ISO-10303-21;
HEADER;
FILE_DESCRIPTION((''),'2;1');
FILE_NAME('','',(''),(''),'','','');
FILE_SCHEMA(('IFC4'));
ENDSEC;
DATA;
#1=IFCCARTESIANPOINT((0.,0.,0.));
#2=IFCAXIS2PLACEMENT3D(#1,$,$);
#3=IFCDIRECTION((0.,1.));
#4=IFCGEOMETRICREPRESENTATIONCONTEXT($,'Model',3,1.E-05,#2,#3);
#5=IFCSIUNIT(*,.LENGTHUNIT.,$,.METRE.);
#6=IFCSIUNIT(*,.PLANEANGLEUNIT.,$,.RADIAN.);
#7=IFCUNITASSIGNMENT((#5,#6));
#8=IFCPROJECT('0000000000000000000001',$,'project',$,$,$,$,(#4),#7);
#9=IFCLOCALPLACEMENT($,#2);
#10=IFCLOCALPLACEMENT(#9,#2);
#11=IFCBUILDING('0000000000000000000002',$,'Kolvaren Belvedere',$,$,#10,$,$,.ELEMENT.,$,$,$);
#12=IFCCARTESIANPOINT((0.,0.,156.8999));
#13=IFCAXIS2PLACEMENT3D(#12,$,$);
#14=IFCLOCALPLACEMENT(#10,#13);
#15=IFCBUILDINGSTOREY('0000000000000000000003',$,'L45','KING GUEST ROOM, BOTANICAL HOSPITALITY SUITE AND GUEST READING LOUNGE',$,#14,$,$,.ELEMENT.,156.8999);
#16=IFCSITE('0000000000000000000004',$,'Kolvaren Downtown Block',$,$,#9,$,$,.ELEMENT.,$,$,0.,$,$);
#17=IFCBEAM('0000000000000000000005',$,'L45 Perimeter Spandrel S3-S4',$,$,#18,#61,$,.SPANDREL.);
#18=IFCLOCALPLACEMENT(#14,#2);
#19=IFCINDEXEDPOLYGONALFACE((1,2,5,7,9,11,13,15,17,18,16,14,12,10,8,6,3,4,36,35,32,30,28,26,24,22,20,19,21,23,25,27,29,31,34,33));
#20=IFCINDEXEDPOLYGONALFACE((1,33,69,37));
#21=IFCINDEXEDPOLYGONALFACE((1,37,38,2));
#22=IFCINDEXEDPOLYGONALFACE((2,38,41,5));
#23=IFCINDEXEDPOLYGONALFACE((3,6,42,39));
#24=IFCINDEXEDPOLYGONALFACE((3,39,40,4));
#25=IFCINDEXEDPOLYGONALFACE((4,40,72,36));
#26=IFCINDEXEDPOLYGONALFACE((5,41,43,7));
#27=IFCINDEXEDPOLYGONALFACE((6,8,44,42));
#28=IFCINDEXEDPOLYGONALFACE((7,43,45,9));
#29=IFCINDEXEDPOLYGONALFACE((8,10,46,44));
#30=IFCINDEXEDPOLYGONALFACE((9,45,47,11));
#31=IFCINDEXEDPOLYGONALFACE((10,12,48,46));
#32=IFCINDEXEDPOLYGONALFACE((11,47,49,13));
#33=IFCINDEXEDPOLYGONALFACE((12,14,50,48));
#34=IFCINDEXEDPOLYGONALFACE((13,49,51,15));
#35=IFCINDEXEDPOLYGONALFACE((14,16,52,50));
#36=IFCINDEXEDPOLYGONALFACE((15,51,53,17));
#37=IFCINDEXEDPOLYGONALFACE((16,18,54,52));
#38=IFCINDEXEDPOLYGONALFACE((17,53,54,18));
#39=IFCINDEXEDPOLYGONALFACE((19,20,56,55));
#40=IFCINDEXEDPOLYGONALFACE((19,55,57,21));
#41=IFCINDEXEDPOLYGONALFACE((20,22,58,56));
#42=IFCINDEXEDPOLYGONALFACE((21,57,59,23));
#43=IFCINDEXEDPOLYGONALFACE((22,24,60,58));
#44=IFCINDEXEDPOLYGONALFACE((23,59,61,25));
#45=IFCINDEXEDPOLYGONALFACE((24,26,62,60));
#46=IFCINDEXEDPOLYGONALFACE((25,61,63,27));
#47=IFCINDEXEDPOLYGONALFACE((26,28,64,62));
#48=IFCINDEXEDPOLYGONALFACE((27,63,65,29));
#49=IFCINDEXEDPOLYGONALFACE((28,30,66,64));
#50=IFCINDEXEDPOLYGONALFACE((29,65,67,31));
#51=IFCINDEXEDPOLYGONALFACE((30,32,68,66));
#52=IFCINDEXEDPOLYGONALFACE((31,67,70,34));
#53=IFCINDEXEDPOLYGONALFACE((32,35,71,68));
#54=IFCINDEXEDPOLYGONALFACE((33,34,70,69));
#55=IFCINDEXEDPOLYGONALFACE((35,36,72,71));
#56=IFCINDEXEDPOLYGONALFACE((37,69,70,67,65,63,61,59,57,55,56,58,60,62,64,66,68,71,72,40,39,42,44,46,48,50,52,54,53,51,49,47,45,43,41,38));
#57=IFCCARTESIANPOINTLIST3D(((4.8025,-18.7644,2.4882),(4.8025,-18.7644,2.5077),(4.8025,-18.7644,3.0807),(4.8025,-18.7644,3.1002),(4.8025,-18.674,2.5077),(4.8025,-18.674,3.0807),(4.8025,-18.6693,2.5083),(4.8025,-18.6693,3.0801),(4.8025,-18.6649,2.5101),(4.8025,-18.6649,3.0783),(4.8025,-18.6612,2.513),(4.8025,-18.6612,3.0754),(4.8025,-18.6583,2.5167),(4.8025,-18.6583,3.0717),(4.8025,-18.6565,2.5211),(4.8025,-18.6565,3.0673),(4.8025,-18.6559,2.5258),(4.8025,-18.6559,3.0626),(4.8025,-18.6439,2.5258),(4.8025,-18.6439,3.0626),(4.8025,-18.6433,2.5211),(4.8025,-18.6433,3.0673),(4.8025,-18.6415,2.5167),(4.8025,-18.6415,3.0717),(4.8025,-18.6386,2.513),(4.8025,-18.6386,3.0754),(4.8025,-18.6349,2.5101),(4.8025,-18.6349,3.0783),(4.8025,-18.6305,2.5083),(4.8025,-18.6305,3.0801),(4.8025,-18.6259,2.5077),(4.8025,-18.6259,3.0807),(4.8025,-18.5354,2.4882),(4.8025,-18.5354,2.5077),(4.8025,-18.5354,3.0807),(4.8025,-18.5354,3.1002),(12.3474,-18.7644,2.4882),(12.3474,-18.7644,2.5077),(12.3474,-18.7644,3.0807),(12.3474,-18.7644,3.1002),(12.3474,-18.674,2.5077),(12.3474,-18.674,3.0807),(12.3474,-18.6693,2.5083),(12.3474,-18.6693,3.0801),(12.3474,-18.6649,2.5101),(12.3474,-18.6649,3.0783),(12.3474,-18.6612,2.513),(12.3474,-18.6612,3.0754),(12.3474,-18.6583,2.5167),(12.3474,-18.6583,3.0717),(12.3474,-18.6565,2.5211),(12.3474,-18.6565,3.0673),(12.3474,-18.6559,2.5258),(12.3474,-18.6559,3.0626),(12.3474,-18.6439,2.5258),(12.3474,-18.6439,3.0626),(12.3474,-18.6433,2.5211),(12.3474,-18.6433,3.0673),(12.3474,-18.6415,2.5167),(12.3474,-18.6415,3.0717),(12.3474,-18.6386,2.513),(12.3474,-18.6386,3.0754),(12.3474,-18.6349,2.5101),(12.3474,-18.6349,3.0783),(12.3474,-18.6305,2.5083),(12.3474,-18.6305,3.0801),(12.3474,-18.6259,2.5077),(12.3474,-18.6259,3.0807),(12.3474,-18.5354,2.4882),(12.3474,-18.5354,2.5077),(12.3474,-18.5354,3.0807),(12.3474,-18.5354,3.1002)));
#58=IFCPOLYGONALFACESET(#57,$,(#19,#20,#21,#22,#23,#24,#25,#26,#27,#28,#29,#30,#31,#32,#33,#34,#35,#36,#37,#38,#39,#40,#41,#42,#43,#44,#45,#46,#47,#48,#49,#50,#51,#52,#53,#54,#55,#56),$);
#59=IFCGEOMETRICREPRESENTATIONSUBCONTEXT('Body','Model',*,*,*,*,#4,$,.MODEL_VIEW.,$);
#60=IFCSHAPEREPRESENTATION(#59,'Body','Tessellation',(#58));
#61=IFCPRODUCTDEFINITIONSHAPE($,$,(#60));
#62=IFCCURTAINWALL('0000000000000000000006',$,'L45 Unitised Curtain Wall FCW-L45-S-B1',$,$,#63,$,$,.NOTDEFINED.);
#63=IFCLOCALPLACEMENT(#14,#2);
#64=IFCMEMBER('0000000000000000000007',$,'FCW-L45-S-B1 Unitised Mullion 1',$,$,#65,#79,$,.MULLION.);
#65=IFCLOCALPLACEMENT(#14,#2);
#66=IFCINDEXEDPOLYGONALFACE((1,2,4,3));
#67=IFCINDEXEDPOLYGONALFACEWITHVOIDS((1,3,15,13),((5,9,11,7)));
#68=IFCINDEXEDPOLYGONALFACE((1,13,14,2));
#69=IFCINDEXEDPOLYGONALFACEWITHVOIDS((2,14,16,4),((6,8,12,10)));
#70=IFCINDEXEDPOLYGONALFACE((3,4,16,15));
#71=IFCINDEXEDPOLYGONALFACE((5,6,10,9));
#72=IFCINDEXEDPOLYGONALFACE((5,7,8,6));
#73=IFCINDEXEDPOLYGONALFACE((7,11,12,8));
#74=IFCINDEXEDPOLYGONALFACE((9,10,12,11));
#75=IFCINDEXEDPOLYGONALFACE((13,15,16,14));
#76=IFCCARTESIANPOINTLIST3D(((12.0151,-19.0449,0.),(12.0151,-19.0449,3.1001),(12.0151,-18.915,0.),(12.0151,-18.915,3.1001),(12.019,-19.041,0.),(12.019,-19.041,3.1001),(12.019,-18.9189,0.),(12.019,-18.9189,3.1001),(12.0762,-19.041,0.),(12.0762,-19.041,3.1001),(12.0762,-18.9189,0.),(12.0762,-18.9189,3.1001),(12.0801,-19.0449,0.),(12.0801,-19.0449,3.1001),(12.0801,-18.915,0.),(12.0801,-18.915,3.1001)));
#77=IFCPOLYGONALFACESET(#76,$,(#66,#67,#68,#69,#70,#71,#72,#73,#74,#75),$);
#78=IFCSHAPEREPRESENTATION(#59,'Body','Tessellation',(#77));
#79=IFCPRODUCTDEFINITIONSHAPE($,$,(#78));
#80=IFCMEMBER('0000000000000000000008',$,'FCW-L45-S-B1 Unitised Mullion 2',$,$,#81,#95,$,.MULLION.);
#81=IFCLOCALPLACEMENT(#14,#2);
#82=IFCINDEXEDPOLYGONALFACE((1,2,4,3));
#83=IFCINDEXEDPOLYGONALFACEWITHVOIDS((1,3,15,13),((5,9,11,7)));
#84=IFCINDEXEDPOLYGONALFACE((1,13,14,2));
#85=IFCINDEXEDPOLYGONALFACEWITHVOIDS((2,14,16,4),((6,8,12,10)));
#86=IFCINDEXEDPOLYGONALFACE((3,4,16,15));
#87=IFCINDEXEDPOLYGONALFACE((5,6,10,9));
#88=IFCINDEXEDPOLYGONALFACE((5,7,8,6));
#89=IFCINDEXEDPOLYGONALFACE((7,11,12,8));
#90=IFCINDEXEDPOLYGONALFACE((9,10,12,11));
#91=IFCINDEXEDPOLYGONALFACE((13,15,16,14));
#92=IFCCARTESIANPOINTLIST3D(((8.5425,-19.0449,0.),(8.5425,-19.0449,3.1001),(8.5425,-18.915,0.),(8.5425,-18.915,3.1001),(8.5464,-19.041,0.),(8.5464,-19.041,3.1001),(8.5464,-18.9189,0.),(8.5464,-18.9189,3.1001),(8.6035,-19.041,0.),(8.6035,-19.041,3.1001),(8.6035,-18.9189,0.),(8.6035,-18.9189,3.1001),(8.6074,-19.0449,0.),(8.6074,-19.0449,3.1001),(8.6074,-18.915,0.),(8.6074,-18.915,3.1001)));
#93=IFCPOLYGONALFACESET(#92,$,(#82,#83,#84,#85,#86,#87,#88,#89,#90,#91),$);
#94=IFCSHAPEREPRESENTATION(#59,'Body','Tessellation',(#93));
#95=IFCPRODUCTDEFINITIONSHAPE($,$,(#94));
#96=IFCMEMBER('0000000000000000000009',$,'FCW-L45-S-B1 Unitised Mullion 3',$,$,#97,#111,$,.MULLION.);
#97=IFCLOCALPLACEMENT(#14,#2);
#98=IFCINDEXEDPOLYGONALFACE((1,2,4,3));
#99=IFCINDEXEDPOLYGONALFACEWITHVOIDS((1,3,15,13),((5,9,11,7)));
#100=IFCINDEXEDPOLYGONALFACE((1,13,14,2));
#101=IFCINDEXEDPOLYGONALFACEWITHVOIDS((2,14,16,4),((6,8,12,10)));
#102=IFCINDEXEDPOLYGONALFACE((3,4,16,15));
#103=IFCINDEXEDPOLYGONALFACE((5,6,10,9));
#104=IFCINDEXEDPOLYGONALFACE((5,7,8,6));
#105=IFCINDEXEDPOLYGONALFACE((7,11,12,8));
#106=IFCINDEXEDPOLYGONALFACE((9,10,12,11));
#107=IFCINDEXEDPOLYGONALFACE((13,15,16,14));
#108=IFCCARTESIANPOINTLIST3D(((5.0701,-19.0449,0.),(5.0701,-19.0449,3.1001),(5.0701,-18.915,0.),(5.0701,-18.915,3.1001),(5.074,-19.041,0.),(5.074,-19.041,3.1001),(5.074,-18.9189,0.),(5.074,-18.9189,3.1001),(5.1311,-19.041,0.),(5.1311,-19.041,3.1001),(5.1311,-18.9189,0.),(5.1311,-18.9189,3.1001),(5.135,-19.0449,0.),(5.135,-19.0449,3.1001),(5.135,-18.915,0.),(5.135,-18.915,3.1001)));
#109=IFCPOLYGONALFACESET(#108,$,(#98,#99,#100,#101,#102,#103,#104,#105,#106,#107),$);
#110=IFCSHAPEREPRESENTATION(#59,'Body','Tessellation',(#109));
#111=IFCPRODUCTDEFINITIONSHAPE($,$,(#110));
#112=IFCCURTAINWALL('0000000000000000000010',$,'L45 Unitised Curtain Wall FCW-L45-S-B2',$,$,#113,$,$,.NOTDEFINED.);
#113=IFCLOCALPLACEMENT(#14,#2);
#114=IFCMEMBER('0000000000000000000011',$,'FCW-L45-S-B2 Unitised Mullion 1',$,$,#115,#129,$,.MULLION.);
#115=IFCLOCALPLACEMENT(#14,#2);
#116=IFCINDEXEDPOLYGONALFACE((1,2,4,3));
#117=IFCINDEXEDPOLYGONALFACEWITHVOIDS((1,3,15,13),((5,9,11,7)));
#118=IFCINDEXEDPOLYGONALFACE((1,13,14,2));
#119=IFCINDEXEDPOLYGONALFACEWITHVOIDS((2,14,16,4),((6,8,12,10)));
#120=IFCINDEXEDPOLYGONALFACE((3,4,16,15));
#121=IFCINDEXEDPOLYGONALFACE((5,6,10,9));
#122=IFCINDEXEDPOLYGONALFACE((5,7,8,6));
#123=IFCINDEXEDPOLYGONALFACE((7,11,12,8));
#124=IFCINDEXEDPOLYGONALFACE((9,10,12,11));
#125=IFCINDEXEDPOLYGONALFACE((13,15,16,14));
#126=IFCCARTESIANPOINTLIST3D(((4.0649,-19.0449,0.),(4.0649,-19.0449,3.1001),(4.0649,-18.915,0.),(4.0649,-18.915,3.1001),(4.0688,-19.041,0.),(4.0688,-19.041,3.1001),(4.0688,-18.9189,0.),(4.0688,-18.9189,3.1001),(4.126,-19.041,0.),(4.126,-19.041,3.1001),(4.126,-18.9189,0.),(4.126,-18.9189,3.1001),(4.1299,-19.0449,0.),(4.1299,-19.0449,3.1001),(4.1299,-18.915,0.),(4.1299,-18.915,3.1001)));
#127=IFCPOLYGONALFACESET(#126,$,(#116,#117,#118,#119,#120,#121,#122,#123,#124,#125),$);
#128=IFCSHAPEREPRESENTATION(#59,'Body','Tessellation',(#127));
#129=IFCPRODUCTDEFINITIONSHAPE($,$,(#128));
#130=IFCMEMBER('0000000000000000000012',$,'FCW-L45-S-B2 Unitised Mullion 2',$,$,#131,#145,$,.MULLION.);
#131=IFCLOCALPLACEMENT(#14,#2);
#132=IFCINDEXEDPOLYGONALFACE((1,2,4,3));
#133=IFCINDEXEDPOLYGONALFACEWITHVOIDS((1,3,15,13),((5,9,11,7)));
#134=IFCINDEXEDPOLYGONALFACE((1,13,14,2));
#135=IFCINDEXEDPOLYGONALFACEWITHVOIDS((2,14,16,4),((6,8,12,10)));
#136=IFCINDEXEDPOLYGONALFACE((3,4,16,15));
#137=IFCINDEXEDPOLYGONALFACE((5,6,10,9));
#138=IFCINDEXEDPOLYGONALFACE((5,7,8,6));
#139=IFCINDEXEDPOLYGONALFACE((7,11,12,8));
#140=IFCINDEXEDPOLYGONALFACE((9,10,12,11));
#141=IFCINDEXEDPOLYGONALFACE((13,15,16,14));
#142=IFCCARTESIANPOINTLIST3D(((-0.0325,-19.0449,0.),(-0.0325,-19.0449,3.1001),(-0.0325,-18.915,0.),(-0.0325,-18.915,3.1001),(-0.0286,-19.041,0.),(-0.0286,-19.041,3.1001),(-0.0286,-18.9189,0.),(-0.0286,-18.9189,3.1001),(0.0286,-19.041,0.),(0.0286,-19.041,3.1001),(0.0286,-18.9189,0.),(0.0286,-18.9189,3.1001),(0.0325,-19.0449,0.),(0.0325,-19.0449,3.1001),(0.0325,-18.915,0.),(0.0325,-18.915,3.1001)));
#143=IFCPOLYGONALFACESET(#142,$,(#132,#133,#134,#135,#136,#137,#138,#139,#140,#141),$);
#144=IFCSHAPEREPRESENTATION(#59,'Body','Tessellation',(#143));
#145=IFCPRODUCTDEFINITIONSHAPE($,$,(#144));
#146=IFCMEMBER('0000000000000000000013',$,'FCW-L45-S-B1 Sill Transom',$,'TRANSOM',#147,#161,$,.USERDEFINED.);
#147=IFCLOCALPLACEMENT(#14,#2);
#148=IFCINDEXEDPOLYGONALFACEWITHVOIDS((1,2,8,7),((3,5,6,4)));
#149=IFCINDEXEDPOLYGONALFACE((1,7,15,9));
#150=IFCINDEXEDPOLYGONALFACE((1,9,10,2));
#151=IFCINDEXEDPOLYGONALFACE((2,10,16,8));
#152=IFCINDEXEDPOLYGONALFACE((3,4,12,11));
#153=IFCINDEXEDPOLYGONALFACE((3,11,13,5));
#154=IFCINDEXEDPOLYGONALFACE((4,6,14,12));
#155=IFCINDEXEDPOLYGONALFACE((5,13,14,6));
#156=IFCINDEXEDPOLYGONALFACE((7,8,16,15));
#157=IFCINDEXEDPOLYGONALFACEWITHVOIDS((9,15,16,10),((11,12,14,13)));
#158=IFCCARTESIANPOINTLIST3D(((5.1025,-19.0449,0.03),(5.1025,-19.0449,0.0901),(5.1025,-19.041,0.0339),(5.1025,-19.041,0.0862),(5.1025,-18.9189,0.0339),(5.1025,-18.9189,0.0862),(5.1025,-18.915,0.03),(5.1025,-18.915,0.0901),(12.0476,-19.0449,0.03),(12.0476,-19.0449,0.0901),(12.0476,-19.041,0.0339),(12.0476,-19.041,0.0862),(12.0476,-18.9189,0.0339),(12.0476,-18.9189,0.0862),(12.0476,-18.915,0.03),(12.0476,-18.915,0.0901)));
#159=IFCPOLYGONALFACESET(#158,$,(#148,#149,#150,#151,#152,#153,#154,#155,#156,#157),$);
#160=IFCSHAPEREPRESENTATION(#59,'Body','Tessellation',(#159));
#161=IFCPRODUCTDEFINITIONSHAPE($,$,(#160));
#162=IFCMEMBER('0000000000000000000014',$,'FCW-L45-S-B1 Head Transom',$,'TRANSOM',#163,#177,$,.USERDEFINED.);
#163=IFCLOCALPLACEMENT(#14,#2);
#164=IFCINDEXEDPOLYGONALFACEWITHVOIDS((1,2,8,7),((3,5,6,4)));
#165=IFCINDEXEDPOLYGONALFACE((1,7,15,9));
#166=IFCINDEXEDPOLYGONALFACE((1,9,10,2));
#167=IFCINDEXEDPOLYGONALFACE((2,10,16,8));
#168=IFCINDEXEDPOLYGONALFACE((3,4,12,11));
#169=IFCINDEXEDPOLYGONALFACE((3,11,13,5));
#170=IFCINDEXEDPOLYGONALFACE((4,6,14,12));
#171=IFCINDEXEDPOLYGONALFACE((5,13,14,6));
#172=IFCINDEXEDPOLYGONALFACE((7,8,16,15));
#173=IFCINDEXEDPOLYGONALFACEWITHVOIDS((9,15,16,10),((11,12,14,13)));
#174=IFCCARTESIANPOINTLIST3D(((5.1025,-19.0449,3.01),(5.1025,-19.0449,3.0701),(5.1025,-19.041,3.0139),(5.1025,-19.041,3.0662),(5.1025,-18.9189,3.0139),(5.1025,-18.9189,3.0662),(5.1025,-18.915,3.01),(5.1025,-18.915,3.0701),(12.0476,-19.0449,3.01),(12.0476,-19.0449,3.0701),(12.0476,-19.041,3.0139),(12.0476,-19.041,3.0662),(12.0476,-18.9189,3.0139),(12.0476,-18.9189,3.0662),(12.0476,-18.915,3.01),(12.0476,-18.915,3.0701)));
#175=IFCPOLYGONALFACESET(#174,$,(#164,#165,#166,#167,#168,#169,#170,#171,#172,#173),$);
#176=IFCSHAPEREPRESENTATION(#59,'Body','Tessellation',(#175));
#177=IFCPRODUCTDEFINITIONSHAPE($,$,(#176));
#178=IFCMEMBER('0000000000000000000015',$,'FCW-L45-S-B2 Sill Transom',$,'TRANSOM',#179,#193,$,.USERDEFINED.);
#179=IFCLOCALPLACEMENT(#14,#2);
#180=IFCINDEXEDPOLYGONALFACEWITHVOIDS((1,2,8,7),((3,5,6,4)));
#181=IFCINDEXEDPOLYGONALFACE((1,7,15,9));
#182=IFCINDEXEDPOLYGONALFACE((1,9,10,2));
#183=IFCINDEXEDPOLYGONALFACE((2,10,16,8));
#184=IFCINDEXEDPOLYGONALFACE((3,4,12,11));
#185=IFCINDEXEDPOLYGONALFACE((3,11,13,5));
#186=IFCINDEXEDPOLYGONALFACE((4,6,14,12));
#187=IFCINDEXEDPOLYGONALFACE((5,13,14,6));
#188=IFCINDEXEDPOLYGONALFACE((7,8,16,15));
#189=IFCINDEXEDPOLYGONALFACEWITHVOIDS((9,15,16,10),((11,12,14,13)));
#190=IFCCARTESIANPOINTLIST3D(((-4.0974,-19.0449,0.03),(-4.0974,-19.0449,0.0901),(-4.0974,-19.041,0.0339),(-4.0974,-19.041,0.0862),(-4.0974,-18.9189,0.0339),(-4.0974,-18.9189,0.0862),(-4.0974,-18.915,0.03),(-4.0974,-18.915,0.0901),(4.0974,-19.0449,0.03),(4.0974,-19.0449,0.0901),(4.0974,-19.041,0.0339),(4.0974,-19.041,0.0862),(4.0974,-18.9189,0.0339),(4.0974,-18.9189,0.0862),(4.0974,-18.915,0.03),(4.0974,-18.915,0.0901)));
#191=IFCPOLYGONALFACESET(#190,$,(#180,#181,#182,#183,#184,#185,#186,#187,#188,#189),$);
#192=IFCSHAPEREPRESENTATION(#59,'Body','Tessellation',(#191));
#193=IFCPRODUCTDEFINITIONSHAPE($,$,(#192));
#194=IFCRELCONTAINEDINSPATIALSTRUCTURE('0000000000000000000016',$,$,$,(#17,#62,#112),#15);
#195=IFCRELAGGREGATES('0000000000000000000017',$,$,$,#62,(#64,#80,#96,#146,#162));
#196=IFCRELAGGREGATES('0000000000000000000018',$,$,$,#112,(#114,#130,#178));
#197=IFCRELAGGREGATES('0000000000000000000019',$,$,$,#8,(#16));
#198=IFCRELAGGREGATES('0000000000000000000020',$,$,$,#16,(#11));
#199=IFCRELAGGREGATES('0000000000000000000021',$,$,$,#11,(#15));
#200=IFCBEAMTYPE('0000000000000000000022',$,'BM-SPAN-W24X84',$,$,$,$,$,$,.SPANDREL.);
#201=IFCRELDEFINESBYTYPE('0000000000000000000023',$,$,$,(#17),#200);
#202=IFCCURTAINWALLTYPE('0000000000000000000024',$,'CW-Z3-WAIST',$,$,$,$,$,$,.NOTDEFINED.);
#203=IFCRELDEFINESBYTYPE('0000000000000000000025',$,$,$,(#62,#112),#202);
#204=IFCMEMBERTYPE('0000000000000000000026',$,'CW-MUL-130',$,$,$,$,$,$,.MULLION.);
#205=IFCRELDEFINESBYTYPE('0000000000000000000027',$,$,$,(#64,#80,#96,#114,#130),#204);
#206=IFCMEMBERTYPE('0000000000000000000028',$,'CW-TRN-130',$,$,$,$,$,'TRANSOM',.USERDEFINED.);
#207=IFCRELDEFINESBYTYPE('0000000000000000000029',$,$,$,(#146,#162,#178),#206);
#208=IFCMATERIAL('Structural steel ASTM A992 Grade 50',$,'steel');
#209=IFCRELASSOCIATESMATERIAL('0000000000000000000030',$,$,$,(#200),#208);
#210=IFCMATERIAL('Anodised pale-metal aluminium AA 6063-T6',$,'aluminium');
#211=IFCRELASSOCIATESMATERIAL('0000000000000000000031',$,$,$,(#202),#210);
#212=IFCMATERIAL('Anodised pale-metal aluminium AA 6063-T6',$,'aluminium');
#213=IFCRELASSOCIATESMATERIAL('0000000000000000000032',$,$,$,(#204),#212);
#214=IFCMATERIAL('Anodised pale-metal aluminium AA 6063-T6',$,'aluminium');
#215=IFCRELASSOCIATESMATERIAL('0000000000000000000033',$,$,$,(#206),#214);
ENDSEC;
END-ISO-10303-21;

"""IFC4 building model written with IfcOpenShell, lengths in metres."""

from ifc_helpers import new_model, si_unit, direction, frame, origin, origin_2d, place, context, subcontext, project, spatial, hollow_rectangle, i_section, extrude, material, material_profile, profile_set, type_object, element, aggregate, save


model = new_model("IFC4")

# Units and contexts
model_context = context("Model", 3, precision=1e-05, world=origin(), true_north=direction((0.0, 1.0)))
body_context = subcontext(model_context, "Body", "Model", "MODEL_VIEW")
ifc_project = project(units=[si_unit("LENGTHUNIT", "METRE"), si_unit("PLANEANGLEUNIT", "RADIAN")], contexts=[model_context])

# Site, building, storey
site_placement = place(None, origin())
site = spatial("IfcSite", under=ifc_project, at=site_placement, Name="Kolvaren Downtown Block", CompositionType="ELEMENT", RefElevation=0.0)
building_placement = place(site_placement, origin())
building = spatial("IfcBuilding", under=site, at=building_placement, Name="Kolvaren Belvedere", CompositionType="ELEMENT")
storey_placement = place(building_placement, frame((0.0, 0.0, 156.8999)))
storey = spatial("IfcBuildingStorey", under=building, at=storey_placement, Name="L45", Description="KING GUEST ROOM, BOTANICAL HOSPITALITY SUITE AND GUEST READING LOUNGE", CompositionType="ELEMENT", Elevation=156.8999)

# Beam
ifc_material_1 = material(Name="Structural steel ASTM A992 Grade 50", Category="steel")
ifc_material_profile_1 = material_profile(ifc_material_1, i_section(OverallWidth=0.229, OverallDepth=0.6121, WebThickness=0.012, FlangeThickness=0.0195, FilletRadius=0.0181, at=origin_2d()), Name="W24X84")
ifc_profile_set_1 = profile_set([ifc_material_profile_1], Name="Structural steel ASTM A992 Grade 50")
beam_type_1 = type_object("IfcBeamType", Name="BM-SPAN-W24X84", PredefinedType="SPANDREL", material=ifc_profile_set_1)
beam_1_placement = place(storey_placement, frame((4.8025, -18.6499, 2.7942), z_axis=(1.0, 0.0, 0.0), x_axis=(0.0, 1.0, 0.0)))
element("IfcBeam", 1, at=beam_1_placement, inside=storey, type_object=beam_type_1, Name="L45 Perimeter Spandrel S3-S4", PredefinedType="SPANDREL", context=body_context, shape_type="SweptSolid", body=[
    extrude(i_section(OverallWidth=0.229, OverallDepth=0.6121, WebThickness=0.012, FlangeThickness=0.0195, FilletRadius=0.0181, at=origin_2d()), origin(), (0.0, 0.0, 1.0), 7.5449),
])

# Curtain walls, members
ifc_material_2 = material(Name="Anodised pale-metal aluminium AA 6063-T6", Category="aluminium")
curtain_wall_type = type_object("IfcCurtainWallType", Name="CW-Z3-WAIST", PredefinedType="NOTDEFINED", material=ifc_material_2)
curtain_wall_1_placement = place(storey_placement, origin())
curtain_wall_1 = element("IfcCurtainWall", 2, at=curtain_wall_1_placement, inside=storey, type_object=curtain_wall_type, Name="L45 Unitised Curtain Wall FCW-L45-S-B1", PredefinedType="NOTDEFINED")
ifc_material_3 = material(Name="Anodised pale-metal aluminium AA 6063-T6", Category="aluminium")
ifc_material_profile_2 = material_profile(ifc_material_3, hollow_rectangle(XDim=0.0649, YDim=0.1299, WallThickness=0.0039, at=origin_2d()), Name="ALU-MUL-130X65")
ifc_profile_set_2 = profile_set([ifc_material_profile_2], Name="Anodised pale-metal aluminium AA 6063-T6")
member_type_1 = type_object("IfcMemberType", Name="CW-MUL-130", PredefinedType="MULLION", material=ifc_profile_set_2)
member_1_placement = place(storey_placement, frame((12.0476, -18.98, 0.0), z_axis=(0.0, 0.0, 1.0), x_axis=(1.0, 0.0, 0.0)))
member_1 = element("IfcMember", 3, at=member_1_placement, type_object=member_type_1, Name="FCW-L45-S-B1 Unitised Mullion 1", PredefinedType="MULLION", context=body_context, shape_type="SweptSolid", body=[
    extrude(hollow_rectangle(XDim=0.0649, YDim=0.1299, WallThickness=0.0039, at=origin_2d()), origin(), (0.0, 0.0, 1.0), 3.1001),
])
member_2_placement = place(storey_placement, frame((8.575, -18.98, 0.0), z_axis=(0.0, 0.0, 1.0), x_axis=(1.0, 0.0, 0.0)))
member_2 = element("IfcMember", 4, at=member_2_placement, type_object=member_type_1, Name="FCW-L45-S-B1 Unitised Mullion 2", PredefinedType="MULLION", context=body_context, shape_type="SweptSolid", body=[
    extrude(hollow_rectangle(XDim=0.0649, YDim=0.1299, WallThickness=0.0039, at=origin_2d()), origin(), (0.0, 0.0, 1.0), 3.1001),
])
member_3_placement = place(storey_placement, frame((5.1025, -18.98, 0.0), z_axis=(0.0, 0.0, 1.0), x_axis=(1.0, 0.0, 0.0)))
member_3 = element("IfcMember", 5, at=member_3_placement, type_object=member_type_1, Name="FCW-L45-S-B1 Unitised Mullion 3", PredefinedType="MULLION", context=body_context, shape_type="SweptSolid", body=[
    extrude(hollow_rectangle(XDim=0.0649, YDim=0.1299, WallThickness=0.0039, at=origin_2d()), origin(), (0.0, 0.0, 1.0), 3.1001),
])
curtain_wall_2_placement = place(storey_placement, origin())
curtain_wall_2 = element("IfcCurtainWall", 6, at=curtain_wall_2_placement, inside=storey, type_object=curtain_wall_type, Name="L45 Unitised Curtain Wall FCW-L45-S-B2", PredefinedType="NOTDEFINED")
member_4_placement = place(storey_placement, frame((4.0974, -18.98, 0.0), z_axis=(0.0, 0.0, 1.0), x_axis=(1.0, 0.0, 0.0)))
member_4 = element("IfcMember", 7, at=member_4_placement, type_object=member_type_1, Name="FCW-L45-S-B2 Unitised Mullion 1", PredefinedType="MULLION", context=body_context, shape_type="SweptSolid", body=[
    extrude(hollow_rectangle(XDim=0.0649, YDim=0.1299, WallThickness=0.0039, at=origin_2d()), origin(), (0.0, 0.0, 1.0), 3.1001),
])
member_5_placement = place(storey_placement, frame((0.0, -18.98, 0.0), z_axis=(0.0, 0.0, 1.0), x_axis=(1.0, 0.0, 0.0)))
member_5 = element("IfcMember", 8, at=member_5_placement, type_object=member_type_1, Name="FCW-L45-S-B2 Unitised Mullion 2", PredefinedType="MULLION", context=body_context, shape_type="SweptSolid", body=[
    extrude(hollow_rectangle(XDim=0.0649, YDim=0.1299, WallThickness=0.0039, at=origin_2d()), origin(), (0.0, 0.0, 1.0), 3.1001),
])

# Members
ifc_material_4 = material(Name="Anodised pale-metal aluminium AA 6063-T6", Category="aluminium")
ifc_material_profile_3 = material_profile(ifc_material_4, hollow_rectangle(XDim=0.0601, YDim=0.1299, WallThickness=0.0039, at=origin_2d()), Name="ALU-TRN-130X60")
ifc_profile_set_3 = profile_set([ifc_material_profile_3], Name="Anodised pale-metal aluminium AA 6063-T6")
member_type_2 = type_object("IfcMemberType", Name="CW-TRN-130", ElementType="TRANSOM", PredefinedType="USERDEFINED", material=ifc_profile_set_3)
member_6_placement = place(storey_placement, frame((12.0476, -18.98, 0.0601), z_axis=(-1.0, 0.0, 0.0), x_axis=(0.0, 0.0, 1.0)))
member_6 = element("IfcMember", 9, at=member_6_placement, type_object=member_type_2, Name="FCW-L45-S-B1 Sill Transom", ObjectType="TRANSOM", PredefinedType="USERDEFINED", context=body_context, shape_type="SweptSolid", body=[
    extrude(hollow_rectangle(XDim=0.0601, YDim=0.1299, WallThickness=0.0039, at=origin_2d()), origin(), (0.0, 0.0, 1.0), 6.9451),
])
member_7_placement = place(storey_placement, frame((12.0476, -18.98, 3.04), z_axis=(-1.0, 0.0, 0.0), x_axis=(0.0, 0.0, 1.0)))
member_7 = element("IfcMember", 10, at=member_7_placement, type_object=member_type_2, Name="FCW-L45-S-B1 Head Transom", ObjectType="TRANSOM", PredefinedType="USERDEFINED", context=body_context, shape_type="SweptSolid", body=[
    extrude(hollow_rectangle(XDim=0.0601, YDim=0.1299, WallThickness=0.0039, at=origin_2d()), origin(), (0.0, 0.0, 1.0), 6.9451),
])
member_8_placement = place(storey_placement, frame((4.0974, -18.98, 0.0601), z_axis=(-1.0, 0.0, 0.0), x_axis=(0.0, 0.0, 1.0)))
member_8 = element("IfcMember", 11, at=member_8_placement, type_object=member_type_2, Name="FCW-L45-S-B2 Sill Transom", ObjectType="TRANSOM", PredefinedType="USERDEFINED", context=body_context, shape_type="SweptSolid", body=[
    extrude(hollow_rectangle(XDim=0.0601, YDim=0.1299, WallThickness=0.0039, at=origin_2d()), origin(), (0.0, 0.0, 1.0), 8.1948),
])

aggregate(curtain_wall_1, [member_1, member_2, member_3, member_6, member_7])
aggregate(curtain_wall_2, [member_4, member_5, member_8])

save(model, "model.ifc")
